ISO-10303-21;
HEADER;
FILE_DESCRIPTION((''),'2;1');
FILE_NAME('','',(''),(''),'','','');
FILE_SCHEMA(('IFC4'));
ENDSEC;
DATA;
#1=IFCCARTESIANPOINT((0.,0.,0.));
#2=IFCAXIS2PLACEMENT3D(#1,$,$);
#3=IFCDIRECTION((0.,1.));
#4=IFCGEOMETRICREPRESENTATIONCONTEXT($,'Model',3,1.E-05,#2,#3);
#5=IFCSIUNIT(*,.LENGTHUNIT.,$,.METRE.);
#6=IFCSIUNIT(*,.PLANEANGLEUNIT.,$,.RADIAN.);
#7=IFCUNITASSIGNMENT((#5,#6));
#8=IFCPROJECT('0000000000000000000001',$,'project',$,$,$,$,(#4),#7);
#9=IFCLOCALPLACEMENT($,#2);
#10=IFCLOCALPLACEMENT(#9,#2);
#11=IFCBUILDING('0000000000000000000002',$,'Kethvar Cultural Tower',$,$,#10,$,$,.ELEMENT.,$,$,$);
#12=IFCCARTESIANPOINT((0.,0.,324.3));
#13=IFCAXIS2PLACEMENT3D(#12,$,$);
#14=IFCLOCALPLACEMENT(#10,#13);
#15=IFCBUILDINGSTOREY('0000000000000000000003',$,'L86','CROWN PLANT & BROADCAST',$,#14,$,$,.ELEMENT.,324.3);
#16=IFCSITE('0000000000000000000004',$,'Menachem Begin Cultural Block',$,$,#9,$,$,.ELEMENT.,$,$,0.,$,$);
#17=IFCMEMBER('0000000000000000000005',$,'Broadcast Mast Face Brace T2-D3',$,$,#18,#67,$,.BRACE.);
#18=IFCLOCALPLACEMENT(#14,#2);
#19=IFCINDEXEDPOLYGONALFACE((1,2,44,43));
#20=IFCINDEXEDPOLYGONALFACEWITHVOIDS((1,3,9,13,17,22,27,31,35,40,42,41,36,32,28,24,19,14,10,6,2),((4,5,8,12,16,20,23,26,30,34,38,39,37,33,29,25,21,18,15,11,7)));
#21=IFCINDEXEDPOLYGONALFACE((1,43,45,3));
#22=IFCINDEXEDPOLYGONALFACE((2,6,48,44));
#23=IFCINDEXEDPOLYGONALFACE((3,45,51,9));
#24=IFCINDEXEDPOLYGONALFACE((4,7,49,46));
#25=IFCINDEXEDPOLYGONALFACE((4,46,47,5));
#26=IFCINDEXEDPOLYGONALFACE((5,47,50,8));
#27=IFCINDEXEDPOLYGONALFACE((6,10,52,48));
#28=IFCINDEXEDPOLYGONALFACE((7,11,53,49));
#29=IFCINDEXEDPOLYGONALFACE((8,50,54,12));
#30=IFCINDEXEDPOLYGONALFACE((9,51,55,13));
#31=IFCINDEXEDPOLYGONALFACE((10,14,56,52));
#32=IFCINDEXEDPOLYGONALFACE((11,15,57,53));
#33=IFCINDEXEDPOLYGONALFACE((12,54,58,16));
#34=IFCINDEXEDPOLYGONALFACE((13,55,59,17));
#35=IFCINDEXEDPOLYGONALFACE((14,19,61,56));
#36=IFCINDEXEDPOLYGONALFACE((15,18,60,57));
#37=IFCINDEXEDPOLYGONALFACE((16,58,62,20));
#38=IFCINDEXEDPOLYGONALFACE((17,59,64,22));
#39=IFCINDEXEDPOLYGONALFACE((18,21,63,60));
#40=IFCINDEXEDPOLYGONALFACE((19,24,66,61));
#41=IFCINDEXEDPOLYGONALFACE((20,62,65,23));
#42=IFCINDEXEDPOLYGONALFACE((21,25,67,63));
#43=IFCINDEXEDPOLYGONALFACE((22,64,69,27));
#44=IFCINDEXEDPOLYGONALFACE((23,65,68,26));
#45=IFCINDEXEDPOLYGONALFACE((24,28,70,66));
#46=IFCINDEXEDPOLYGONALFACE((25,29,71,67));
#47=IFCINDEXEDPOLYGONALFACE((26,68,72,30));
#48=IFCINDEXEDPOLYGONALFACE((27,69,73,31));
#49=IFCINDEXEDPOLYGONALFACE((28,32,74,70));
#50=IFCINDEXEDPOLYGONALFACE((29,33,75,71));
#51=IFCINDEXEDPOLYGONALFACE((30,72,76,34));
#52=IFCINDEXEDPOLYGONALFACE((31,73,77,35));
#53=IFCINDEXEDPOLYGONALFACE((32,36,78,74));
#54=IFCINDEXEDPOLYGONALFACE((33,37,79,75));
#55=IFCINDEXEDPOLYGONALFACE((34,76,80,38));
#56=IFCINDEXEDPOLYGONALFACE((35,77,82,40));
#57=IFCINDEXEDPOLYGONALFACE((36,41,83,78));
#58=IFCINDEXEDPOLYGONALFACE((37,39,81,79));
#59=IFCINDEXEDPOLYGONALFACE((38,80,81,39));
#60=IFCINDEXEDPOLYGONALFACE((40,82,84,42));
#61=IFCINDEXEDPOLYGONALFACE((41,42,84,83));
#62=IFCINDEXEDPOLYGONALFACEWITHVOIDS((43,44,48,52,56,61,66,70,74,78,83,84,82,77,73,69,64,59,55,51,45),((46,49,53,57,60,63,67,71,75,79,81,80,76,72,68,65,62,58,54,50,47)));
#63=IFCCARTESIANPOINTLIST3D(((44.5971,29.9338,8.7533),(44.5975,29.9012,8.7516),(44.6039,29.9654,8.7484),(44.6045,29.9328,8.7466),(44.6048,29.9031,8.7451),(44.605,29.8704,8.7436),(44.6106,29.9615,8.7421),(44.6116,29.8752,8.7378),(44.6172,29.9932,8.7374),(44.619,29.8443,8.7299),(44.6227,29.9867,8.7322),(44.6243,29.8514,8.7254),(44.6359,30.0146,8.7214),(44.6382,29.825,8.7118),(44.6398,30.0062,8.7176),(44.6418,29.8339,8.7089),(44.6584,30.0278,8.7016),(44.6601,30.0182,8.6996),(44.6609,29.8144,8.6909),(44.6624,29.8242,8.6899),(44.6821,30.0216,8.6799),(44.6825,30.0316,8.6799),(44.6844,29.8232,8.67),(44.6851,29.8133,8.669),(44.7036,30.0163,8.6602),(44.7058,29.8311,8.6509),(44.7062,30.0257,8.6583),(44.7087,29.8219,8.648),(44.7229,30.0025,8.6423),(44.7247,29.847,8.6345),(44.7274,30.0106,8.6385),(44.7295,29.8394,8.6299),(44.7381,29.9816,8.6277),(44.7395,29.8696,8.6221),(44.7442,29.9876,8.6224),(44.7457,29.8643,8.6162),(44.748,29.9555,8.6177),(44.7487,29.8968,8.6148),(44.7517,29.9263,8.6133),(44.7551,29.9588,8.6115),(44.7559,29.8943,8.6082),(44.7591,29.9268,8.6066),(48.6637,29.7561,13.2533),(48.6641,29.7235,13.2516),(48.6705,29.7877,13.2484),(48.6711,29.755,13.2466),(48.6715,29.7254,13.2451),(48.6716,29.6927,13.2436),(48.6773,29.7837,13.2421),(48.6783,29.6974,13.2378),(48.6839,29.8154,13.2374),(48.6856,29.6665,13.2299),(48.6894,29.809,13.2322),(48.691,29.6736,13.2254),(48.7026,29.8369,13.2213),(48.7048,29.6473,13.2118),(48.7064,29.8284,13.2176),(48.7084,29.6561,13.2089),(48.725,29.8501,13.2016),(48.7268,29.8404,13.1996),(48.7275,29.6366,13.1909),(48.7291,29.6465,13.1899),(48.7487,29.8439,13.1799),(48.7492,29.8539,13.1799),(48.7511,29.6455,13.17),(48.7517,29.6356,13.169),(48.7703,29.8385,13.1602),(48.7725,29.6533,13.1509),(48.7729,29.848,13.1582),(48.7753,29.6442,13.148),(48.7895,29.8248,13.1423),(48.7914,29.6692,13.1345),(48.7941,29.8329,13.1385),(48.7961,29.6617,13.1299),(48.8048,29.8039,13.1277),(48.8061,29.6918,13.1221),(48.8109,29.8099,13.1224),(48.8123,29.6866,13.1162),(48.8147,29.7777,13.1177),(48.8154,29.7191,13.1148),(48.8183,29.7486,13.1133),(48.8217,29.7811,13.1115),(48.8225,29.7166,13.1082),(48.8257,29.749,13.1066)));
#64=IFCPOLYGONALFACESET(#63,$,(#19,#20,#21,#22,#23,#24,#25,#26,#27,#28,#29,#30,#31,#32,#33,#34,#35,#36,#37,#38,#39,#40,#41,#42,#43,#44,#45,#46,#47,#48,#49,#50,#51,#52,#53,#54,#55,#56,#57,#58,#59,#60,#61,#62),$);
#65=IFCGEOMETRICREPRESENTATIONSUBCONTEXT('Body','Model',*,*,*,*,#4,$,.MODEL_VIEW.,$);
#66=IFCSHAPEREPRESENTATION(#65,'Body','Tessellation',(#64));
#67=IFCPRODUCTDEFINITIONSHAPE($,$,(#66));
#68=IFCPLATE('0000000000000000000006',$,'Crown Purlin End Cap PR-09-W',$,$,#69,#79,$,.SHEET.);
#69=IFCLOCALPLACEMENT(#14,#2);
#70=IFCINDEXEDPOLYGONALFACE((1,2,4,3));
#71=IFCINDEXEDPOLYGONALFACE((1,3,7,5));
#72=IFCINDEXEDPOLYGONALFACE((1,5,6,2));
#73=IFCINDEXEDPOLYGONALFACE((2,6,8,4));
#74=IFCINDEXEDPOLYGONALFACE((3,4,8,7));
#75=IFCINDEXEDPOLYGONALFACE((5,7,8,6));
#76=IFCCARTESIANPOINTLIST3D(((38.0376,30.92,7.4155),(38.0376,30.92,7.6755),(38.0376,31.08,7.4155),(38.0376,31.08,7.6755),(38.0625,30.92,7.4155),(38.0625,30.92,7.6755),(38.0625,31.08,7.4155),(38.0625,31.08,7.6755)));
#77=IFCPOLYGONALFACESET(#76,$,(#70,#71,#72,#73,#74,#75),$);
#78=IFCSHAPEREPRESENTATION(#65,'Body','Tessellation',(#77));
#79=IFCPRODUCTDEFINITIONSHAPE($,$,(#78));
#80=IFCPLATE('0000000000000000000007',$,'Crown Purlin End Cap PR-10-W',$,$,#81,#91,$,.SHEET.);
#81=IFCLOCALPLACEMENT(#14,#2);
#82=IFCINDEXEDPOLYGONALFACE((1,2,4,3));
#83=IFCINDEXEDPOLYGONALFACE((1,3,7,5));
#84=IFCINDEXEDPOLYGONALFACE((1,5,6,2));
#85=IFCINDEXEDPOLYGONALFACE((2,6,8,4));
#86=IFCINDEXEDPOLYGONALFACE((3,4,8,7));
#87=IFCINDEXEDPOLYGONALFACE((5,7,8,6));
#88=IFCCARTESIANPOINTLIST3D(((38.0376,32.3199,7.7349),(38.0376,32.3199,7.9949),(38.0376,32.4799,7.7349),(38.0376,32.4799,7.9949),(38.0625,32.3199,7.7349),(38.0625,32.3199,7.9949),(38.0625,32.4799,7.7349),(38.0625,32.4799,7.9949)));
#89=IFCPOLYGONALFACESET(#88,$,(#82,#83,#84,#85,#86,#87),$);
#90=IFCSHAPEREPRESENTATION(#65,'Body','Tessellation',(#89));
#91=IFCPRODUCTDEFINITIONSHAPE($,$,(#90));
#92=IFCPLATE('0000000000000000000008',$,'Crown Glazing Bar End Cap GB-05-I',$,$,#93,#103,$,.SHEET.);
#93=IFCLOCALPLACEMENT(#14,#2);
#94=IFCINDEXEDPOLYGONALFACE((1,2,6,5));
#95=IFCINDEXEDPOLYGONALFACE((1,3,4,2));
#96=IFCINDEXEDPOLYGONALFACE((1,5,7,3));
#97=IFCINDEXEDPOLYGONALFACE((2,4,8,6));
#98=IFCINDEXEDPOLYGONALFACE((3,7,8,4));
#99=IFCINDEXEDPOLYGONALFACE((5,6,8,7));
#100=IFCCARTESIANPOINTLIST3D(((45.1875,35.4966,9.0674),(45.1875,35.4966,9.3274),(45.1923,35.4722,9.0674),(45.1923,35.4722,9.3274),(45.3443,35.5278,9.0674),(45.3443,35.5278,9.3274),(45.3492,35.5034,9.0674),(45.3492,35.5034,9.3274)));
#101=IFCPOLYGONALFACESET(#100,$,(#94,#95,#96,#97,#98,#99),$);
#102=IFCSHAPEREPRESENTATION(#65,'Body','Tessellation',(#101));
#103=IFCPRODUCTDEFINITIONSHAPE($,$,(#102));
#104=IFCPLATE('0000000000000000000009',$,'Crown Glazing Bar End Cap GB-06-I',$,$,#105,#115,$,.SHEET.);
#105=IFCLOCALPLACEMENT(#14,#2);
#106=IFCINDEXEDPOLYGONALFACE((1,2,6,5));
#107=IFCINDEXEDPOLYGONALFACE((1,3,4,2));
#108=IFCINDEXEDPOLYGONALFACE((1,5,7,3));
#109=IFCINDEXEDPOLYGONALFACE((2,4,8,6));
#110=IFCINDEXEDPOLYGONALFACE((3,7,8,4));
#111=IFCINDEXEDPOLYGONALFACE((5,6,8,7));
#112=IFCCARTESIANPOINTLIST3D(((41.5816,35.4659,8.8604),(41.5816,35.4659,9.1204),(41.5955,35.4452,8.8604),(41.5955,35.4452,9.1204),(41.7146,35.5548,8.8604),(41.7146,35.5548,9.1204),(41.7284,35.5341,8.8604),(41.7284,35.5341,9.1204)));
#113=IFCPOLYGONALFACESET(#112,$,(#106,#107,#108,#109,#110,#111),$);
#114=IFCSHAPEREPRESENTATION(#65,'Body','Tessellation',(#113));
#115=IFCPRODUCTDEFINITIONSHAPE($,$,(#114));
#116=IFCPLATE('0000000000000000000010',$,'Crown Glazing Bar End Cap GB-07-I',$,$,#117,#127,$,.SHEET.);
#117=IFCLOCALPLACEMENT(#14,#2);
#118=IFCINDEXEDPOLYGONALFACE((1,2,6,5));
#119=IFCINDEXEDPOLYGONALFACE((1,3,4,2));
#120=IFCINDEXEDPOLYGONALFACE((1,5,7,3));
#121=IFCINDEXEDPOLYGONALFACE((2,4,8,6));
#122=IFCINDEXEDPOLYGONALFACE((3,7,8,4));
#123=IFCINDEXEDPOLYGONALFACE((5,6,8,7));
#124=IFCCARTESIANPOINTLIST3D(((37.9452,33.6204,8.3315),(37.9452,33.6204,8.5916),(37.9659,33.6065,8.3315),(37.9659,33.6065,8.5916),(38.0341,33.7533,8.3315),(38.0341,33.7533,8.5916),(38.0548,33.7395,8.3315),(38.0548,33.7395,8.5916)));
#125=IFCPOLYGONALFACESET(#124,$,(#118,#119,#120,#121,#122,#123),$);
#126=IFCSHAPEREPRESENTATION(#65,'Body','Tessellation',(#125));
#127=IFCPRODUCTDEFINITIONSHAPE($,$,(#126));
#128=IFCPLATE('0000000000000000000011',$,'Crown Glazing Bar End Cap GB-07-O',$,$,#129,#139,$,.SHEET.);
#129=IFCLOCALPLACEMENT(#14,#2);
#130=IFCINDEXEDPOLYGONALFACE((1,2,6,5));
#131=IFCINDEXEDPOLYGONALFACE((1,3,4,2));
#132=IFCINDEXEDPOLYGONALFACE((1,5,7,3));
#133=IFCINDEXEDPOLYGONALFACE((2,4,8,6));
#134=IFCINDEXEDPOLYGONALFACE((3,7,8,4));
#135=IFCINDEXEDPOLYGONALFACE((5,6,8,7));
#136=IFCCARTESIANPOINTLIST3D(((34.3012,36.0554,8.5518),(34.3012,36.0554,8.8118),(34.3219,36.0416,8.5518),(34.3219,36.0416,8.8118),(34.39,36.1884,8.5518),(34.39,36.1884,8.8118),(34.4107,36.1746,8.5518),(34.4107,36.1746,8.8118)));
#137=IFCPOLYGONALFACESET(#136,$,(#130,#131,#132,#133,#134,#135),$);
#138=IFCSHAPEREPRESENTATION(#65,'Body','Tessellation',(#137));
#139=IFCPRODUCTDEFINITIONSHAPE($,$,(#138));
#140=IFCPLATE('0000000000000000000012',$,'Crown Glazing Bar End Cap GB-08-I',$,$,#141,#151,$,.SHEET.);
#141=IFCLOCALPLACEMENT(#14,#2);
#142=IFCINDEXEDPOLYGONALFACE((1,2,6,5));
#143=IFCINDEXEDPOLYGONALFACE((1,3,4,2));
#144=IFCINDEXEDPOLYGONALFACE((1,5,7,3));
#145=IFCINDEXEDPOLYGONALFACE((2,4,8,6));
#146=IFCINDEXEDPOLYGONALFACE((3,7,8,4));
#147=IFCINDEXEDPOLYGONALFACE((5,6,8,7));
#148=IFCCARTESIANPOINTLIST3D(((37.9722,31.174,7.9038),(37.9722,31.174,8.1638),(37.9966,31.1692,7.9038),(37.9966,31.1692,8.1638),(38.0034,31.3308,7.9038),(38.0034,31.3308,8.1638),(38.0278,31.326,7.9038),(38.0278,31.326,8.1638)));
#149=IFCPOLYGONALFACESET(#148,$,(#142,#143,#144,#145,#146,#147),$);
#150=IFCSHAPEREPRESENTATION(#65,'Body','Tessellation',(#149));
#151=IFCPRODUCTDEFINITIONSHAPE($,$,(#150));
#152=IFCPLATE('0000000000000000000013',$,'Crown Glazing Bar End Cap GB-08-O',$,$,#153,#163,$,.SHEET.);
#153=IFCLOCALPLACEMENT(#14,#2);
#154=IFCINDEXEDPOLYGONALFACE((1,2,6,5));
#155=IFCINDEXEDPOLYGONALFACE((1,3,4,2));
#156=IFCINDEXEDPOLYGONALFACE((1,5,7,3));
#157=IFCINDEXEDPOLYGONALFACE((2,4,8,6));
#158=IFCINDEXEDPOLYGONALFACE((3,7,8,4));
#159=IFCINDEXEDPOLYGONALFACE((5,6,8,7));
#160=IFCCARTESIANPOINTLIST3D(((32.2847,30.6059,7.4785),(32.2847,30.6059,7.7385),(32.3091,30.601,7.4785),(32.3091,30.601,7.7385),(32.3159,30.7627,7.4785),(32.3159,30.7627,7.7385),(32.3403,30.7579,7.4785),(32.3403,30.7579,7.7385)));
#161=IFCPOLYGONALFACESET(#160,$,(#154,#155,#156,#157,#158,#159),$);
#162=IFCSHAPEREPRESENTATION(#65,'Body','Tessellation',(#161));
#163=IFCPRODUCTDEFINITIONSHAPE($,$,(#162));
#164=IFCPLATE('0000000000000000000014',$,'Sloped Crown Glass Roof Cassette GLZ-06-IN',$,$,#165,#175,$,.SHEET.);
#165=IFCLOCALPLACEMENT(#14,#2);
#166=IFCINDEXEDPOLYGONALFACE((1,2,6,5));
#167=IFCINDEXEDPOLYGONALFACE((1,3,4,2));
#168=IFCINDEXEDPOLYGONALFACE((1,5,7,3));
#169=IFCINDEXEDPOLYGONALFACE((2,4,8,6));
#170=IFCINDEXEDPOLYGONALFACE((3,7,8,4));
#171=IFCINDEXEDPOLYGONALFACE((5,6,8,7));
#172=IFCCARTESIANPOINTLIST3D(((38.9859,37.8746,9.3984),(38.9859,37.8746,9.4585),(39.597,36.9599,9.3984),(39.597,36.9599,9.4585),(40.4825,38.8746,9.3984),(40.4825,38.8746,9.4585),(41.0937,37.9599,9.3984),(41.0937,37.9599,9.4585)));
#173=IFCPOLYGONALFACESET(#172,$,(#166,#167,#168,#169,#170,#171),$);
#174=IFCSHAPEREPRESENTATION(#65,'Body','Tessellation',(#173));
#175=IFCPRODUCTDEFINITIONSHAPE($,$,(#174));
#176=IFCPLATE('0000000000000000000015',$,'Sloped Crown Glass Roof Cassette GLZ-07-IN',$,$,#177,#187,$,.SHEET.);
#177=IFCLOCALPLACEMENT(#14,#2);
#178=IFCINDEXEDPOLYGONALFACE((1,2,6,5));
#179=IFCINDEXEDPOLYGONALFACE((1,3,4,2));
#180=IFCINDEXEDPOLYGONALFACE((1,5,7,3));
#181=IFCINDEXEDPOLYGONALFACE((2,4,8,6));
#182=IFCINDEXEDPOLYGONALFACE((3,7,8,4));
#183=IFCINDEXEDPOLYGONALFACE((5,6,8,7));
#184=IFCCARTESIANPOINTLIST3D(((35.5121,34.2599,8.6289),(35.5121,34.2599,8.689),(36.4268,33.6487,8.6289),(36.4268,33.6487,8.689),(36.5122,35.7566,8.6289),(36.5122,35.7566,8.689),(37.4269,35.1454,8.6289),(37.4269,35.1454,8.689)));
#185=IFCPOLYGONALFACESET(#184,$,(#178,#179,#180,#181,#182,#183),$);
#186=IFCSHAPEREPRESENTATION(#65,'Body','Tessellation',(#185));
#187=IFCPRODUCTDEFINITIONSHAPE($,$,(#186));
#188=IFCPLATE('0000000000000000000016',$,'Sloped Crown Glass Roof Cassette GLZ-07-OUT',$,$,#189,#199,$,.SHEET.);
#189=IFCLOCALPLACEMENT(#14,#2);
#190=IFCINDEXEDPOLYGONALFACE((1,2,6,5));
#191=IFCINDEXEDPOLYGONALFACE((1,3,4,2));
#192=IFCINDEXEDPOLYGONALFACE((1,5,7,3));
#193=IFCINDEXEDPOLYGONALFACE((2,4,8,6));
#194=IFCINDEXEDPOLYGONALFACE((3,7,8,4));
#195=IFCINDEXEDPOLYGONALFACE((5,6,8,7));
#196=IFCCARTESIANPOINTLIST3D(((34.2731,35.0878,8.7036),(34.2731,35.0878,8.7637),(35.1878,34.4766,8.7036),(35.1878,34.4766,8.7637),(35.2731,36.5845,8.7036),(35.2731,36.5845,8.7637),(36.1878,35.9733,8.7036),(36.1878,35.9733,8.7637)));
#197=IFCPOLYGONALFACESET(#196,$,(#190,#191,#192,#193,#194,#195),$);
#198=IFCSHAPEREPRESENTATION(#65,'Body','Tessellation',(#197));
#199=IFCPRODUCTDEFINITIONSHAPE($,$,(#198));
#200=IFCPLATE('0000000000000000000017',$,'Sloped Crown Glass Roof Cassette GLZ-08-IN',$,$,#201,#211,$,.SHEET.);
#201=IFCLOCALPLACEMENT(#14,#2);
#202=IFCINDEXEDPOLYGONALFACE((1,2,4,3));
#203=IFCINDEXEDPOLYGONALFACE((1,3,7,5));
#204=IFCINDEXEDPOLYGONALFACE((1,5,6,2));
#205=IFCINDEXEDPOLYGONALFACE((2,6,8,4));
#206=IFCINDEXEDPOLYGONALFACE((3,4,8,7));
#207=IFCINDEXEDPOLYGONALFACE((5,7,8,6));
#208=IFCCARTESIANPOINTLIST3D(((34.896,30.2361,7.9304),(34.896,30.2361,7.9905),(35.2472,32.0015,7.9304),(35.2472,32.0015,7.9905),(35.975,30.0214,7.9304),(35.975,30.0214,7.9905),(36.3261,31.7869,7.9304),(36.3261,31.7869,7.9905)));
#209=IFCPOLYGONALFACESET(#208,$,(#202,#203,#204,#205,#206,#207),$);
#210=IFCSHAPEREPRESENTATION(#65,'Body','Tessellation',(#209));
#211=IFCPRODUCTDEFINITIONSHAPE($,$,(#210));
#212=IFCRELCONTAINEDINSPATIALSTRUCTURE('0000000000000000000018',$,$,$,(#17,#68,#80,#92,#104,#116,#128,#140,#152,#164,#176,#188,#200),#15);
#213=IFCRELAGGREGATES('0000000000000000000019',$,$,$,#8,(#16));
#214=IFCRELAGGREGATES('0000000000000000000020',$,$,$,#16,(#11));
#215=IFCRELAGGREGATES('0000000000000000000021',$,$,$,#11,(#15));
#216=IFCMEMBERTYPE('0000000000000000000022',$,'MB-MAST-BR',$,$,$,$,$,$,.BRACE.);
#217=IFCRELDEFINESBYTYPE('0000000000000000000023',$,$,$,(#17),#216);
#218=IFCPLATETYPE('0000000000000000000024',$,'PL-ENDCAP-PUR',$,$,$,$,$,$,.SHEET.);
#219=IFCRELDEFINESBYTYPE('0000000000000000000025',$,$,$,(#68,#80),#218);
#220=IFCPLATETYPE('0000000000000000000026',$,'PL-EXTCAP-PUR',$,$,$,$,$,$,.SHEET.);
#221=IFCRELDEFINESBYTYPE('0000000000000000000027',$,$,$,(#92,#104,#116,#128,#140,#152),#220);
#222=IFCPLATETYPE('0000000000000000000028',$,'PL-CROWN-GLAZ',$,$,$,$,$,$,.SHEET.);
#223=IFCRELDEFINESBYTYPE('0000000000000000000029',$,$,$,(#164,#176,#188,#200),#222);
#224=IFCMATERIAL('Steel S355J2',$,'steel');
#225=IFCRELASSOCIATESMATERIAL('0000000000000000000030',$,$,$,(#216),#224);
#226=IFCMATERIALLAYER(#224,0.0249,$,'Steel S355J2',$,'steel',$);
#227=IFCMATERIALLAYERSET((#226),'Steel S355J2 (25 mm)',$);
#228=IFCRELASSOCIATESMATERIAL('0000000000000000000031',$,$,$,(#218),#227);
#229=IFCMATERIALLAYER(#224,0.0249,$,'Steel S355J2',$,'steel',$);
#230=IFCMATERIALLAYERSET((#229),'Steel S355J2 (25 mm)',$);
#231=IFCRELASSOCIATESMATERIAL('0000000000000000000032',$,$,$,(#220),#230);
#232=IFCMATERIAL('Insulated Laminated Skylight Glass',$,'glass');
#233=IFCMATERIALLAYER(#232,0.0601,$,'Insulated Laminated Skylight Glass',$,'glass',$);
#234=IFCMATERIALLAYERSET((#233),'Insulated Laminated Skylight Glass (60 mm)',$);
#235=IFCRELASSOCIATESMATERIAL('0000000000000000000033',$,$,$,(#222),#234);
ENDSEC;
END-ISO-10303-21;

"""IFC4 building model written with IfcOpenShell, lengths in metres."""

from ifc_helpers import new_model, si_unit, direction, frame, origin, origin_2d, place, context, subcontext, project, spatial, rectangle, hollow_circle, extrude, source, transform, mapped, material, layer, layer_set, material_profile, profile_set, type_object, element, save


model = new_model("IFC4")

# Units and contexts
model_context = context("Model", 3, precision=1e-05, world=origin(), true_north=direction((0.0, 1.0)))
body_context = subcontext(model_context, "Body", "Model", "MODEL_VIEW")
ifc_project = project(units=[si_unit("LENGTHUNIT", "METRE"), si_unit("PLANEANGLEUNIT", "RADIAN")], contexts=[model_context])

# Site, building, storey
site_placement = place(None, origin())
site = spatial("IfcSite", under=ifc_project, at=site_placement, Name="Menachem Begin Cultural Block", CompositionType="ELEMENT", RefElevation=0.0)
building_placement = place(site_placement, origin())
building = spatial("IfcBuilding", under=site, at=building_placement, Name="Kethvar Cultural Tower", CompositionType="ELEMENT")
storey_placement = place(building_placement, frame((0.0, 0.0, 324.3)))
storey = spatial("IfcBuildingStorey", under=building, at=storey_placement, Name="L86", Description="CROWN PLANT & BROADCAST", CompositionType="ELEMENT", Elevation=324.3)

# Shared definitions
ifc_material_1 = material(Name="Steel S355J2", Category="steel")

# Member
ifc_material_profile_1 = material_profile(ifc_material_1, hollow_circle(Radius=0.1096, WallThickness=0.01, at=origin_2d()), Name="Steel S355J2 — CHS219x10")
ifc_profile_set_1 = profile_set([ifc_material_profile_1], Name="Steel S355J2 — CHS219x10")
member_type_1 = type_object("IfcMemberType", Name="MB-MAST-BR", PredefinedType="BRACE", material=ifc_profile_set_1)
shared_shape_1 = source(origin(), body_context, "Body", "SweptSolid", [
    extrude(hollow_circle(Radius=0.1096, WallThickness=0.01, at=origin_2d()), origin(), (0.0, 0.0, 1.0), 6.0679),
])
member_1_placement = place(storey_placement, frame((44.6777, 29.9221, 8.6799), z_axis=(0.670192, -0.029291, 0.741609), x_axis=(0.043664, 0.999046, 0.0)))
element("IfcMember", 1, at=member_1_placement, inside=storey, type_object=member_type_1, Name="Broadcast Mast Face Brace T2-D3", PredefinedType="BRACE", context=body_context, shape_type="MappedRepresentation", body=[
    mapped(shared_shape_1, transform((0.0, 0.0, 0.0), scale=1.0)),
])

# Plates
ifc_layer_1 = layer(ifc_material_1, 0.0249, Name="Steel S355J2", Category="steel")
ifc_layer_set_1 = layer_set([ifc_layer_1], Name="Steel S355J2 (25 mm)")
plate_type_1 = type_object("IfcPlateType", Name="PL-ENDCAP-PUR", PredefinedType="SHEET", material=ifc_layer_set_1)
shared_shape_2 = source(origin(), body_context, "Body", "SweptSolid", [
    extrude(rectangle(XDim=0.0249, YDim=0.1599, at=origin_2d()), origin(), (0.0, 0.0, 1.0), 0.26),
])
for number, where, z_axis, x_axis, name in (
    (2, (38.05, 31.0, 7.4155), (0.0, 0.0, 1.0), (1.0, 0.0, 0.0), "Crown Purlin End Cap PR-09-W"),
    (3, (38.05, 32.3999, 7.7349), (0.0, 0.0, 1.0), (1.0, 0.0, 0.0), "Crown Purlin End Cap PR-10-W"),
):
    element("IfcPlate", number, at=place(storey_placement, frame(where, z_axis=z_axis, x_axis=x_axis)), inside=storey, type_object=plate_type_1, Name=name, PredefinedType="SHEET", context=body_context, shape_type="MappedRepresentation", body=[
        mapped(shared_shape_2, transform((0.0, 0.0, 0.0), scale=1.0)),
    ])
ifc_layer_2 = layer(ifc_material_1, 0.0249, Name="Steel S355J2", Category="steel")
ifc_layer_set_2 = layer_set([ifc_layer_2], Name="Steel S355J2 (25 mm)")
plate_type_2 = type_object("IfcPlateType", Name="PL-EXTCAP-PUR", PredefinedType="SHEET", material=ifc_layer_set_2)
shared_shape_3 = source(origin(), body_context, "Body", "SweptSolid", [
    extrude(rectangle(XDim=0.0249, YDim=0.1599, at=origin_2d()), origin(), (0.0, 0.0, 1.0), 0.26),
])
for number, where, z_axis, x_axis, name in (
    (4, (45.2683, 35.5, 9.0674), (0.0, 0.0, 1.0), (-0.19509, 0.980785, 0.0), "Crown Glazing Bar End Cap GB-05-I"),
    (5, (41.655, 35.5, 8.8604), (0.0, 0.0, 1.0), (-0.55557, 0.83147, 0.0), "Crown Glazing Bar End Cap GB-06-I"),
    (6, (38.0, 33.6799, 8.3315), (0.0, 0.0, 1.0), (-0.83147, 0.55557, 0.0), "Crown Glazing Bar End Cap GB-07-I"),
    (7, (34.356, 36.115, 8.5518), (0.0, 0.0, 1.0), (-0.83147, 0.55557, 0.0), "Crown Glazing Bar End Cap GB-07-O"),
    (8, (38.0, 31.25, 7.9038), (0.0, 0.0, 1.0), (-0.980785, 0.19509, 0.0), "Crown Glazing Bar End Cap GB-08-I"),
    (9, (32.3125, 30.6819, 7.4785), (0.0, 0.0, 1.0), (-0.980785, 0.19509, 0.0), "Crown Glazing Bar End Cap GB-08-O"),
):
    element("IfcPlate", number, at=place(storey_placement, frame(where, z_axis=z_axis, x_axis=x_axis)), inside=storey, type_object=plate_type_2, Name=name, PredefinedType="SHEET", context=body_context, shape_type="MappedRepresentation", body=[
        mapped(shared_shape_3, transform((0.0, 0.0, 0.0), scale=1.0)),
    ])
ifc_material_2 = material(Name="Insulated Laminated Skylight Glass", Category="glass")
ifc_layer_3 = layer(ifc_material_2, 0.0601, Name="Insulated Laminated Skylight Glass", Category="glass")
ifc_layer_set_3 = layer_set([ifc_layer_3], Name="Insulated Laminated Skylight Glass (60 mm)")
plate_type_3 = type_object("IfcPlateType", Name="PL-CROWN-GLAZ", PredefinedType="SHEET", material=ifc_layer_set_3)
shared_shape_4 = source(origin(), body_context, "Body", "SweptSolid", [
    extrude(rectangle(XDim=1.1001, YDim=1.8, at=origin_2d()), origin(), (0.0, 0.0, 1.0), 0.0601),
])
for number, where, z_axis, x_axis, name in (
    (10, (40.0398, 37.9172, 9.3984), (0.0, 0.0, 1.0), (-0.55557, 0.83147, 0.0), "Sloped Crown Glass Roof Cassette GLZ-06-IN"),
    (11, (36.4695, 34.7026, 8.6289), (0.0, 0.0, 1.0), (-0.83147, 0.55557, 0.0), "Sloped Crown Glass Roof Cassette GLZ-07-IN"),
    (12, (35.2305, 35.5305, 8.7036), (0.0, 0.0, 1.0), (-0.83147, 0.55557, 0.0), "Sloped Crown Glass Roof Cassette GLZ-07-OUT"),
    (13, (35.6111, 31.0115, 7.9304), (0.0, 0.0, 1.0), (-0.980785, 0.19509, 0.0), "Sloped Crown Glass Roof Cassette GLZ-08-IN"),
):
    element("IfcPlate", number, at=place(storey_placement, frame(where, z_axis=z_axis, x_axis=x_axis)), inside=storey, type_object=plate_type_3, Name=name, PredefinedType="SHEET", context=body_context, shape_type="MappedRepresentation", body=[
        mapped(shared_shape_4, transform((0.0, 0.0, 0.0), scale=1.0)),
    ])

save(model, "model.ifc")
